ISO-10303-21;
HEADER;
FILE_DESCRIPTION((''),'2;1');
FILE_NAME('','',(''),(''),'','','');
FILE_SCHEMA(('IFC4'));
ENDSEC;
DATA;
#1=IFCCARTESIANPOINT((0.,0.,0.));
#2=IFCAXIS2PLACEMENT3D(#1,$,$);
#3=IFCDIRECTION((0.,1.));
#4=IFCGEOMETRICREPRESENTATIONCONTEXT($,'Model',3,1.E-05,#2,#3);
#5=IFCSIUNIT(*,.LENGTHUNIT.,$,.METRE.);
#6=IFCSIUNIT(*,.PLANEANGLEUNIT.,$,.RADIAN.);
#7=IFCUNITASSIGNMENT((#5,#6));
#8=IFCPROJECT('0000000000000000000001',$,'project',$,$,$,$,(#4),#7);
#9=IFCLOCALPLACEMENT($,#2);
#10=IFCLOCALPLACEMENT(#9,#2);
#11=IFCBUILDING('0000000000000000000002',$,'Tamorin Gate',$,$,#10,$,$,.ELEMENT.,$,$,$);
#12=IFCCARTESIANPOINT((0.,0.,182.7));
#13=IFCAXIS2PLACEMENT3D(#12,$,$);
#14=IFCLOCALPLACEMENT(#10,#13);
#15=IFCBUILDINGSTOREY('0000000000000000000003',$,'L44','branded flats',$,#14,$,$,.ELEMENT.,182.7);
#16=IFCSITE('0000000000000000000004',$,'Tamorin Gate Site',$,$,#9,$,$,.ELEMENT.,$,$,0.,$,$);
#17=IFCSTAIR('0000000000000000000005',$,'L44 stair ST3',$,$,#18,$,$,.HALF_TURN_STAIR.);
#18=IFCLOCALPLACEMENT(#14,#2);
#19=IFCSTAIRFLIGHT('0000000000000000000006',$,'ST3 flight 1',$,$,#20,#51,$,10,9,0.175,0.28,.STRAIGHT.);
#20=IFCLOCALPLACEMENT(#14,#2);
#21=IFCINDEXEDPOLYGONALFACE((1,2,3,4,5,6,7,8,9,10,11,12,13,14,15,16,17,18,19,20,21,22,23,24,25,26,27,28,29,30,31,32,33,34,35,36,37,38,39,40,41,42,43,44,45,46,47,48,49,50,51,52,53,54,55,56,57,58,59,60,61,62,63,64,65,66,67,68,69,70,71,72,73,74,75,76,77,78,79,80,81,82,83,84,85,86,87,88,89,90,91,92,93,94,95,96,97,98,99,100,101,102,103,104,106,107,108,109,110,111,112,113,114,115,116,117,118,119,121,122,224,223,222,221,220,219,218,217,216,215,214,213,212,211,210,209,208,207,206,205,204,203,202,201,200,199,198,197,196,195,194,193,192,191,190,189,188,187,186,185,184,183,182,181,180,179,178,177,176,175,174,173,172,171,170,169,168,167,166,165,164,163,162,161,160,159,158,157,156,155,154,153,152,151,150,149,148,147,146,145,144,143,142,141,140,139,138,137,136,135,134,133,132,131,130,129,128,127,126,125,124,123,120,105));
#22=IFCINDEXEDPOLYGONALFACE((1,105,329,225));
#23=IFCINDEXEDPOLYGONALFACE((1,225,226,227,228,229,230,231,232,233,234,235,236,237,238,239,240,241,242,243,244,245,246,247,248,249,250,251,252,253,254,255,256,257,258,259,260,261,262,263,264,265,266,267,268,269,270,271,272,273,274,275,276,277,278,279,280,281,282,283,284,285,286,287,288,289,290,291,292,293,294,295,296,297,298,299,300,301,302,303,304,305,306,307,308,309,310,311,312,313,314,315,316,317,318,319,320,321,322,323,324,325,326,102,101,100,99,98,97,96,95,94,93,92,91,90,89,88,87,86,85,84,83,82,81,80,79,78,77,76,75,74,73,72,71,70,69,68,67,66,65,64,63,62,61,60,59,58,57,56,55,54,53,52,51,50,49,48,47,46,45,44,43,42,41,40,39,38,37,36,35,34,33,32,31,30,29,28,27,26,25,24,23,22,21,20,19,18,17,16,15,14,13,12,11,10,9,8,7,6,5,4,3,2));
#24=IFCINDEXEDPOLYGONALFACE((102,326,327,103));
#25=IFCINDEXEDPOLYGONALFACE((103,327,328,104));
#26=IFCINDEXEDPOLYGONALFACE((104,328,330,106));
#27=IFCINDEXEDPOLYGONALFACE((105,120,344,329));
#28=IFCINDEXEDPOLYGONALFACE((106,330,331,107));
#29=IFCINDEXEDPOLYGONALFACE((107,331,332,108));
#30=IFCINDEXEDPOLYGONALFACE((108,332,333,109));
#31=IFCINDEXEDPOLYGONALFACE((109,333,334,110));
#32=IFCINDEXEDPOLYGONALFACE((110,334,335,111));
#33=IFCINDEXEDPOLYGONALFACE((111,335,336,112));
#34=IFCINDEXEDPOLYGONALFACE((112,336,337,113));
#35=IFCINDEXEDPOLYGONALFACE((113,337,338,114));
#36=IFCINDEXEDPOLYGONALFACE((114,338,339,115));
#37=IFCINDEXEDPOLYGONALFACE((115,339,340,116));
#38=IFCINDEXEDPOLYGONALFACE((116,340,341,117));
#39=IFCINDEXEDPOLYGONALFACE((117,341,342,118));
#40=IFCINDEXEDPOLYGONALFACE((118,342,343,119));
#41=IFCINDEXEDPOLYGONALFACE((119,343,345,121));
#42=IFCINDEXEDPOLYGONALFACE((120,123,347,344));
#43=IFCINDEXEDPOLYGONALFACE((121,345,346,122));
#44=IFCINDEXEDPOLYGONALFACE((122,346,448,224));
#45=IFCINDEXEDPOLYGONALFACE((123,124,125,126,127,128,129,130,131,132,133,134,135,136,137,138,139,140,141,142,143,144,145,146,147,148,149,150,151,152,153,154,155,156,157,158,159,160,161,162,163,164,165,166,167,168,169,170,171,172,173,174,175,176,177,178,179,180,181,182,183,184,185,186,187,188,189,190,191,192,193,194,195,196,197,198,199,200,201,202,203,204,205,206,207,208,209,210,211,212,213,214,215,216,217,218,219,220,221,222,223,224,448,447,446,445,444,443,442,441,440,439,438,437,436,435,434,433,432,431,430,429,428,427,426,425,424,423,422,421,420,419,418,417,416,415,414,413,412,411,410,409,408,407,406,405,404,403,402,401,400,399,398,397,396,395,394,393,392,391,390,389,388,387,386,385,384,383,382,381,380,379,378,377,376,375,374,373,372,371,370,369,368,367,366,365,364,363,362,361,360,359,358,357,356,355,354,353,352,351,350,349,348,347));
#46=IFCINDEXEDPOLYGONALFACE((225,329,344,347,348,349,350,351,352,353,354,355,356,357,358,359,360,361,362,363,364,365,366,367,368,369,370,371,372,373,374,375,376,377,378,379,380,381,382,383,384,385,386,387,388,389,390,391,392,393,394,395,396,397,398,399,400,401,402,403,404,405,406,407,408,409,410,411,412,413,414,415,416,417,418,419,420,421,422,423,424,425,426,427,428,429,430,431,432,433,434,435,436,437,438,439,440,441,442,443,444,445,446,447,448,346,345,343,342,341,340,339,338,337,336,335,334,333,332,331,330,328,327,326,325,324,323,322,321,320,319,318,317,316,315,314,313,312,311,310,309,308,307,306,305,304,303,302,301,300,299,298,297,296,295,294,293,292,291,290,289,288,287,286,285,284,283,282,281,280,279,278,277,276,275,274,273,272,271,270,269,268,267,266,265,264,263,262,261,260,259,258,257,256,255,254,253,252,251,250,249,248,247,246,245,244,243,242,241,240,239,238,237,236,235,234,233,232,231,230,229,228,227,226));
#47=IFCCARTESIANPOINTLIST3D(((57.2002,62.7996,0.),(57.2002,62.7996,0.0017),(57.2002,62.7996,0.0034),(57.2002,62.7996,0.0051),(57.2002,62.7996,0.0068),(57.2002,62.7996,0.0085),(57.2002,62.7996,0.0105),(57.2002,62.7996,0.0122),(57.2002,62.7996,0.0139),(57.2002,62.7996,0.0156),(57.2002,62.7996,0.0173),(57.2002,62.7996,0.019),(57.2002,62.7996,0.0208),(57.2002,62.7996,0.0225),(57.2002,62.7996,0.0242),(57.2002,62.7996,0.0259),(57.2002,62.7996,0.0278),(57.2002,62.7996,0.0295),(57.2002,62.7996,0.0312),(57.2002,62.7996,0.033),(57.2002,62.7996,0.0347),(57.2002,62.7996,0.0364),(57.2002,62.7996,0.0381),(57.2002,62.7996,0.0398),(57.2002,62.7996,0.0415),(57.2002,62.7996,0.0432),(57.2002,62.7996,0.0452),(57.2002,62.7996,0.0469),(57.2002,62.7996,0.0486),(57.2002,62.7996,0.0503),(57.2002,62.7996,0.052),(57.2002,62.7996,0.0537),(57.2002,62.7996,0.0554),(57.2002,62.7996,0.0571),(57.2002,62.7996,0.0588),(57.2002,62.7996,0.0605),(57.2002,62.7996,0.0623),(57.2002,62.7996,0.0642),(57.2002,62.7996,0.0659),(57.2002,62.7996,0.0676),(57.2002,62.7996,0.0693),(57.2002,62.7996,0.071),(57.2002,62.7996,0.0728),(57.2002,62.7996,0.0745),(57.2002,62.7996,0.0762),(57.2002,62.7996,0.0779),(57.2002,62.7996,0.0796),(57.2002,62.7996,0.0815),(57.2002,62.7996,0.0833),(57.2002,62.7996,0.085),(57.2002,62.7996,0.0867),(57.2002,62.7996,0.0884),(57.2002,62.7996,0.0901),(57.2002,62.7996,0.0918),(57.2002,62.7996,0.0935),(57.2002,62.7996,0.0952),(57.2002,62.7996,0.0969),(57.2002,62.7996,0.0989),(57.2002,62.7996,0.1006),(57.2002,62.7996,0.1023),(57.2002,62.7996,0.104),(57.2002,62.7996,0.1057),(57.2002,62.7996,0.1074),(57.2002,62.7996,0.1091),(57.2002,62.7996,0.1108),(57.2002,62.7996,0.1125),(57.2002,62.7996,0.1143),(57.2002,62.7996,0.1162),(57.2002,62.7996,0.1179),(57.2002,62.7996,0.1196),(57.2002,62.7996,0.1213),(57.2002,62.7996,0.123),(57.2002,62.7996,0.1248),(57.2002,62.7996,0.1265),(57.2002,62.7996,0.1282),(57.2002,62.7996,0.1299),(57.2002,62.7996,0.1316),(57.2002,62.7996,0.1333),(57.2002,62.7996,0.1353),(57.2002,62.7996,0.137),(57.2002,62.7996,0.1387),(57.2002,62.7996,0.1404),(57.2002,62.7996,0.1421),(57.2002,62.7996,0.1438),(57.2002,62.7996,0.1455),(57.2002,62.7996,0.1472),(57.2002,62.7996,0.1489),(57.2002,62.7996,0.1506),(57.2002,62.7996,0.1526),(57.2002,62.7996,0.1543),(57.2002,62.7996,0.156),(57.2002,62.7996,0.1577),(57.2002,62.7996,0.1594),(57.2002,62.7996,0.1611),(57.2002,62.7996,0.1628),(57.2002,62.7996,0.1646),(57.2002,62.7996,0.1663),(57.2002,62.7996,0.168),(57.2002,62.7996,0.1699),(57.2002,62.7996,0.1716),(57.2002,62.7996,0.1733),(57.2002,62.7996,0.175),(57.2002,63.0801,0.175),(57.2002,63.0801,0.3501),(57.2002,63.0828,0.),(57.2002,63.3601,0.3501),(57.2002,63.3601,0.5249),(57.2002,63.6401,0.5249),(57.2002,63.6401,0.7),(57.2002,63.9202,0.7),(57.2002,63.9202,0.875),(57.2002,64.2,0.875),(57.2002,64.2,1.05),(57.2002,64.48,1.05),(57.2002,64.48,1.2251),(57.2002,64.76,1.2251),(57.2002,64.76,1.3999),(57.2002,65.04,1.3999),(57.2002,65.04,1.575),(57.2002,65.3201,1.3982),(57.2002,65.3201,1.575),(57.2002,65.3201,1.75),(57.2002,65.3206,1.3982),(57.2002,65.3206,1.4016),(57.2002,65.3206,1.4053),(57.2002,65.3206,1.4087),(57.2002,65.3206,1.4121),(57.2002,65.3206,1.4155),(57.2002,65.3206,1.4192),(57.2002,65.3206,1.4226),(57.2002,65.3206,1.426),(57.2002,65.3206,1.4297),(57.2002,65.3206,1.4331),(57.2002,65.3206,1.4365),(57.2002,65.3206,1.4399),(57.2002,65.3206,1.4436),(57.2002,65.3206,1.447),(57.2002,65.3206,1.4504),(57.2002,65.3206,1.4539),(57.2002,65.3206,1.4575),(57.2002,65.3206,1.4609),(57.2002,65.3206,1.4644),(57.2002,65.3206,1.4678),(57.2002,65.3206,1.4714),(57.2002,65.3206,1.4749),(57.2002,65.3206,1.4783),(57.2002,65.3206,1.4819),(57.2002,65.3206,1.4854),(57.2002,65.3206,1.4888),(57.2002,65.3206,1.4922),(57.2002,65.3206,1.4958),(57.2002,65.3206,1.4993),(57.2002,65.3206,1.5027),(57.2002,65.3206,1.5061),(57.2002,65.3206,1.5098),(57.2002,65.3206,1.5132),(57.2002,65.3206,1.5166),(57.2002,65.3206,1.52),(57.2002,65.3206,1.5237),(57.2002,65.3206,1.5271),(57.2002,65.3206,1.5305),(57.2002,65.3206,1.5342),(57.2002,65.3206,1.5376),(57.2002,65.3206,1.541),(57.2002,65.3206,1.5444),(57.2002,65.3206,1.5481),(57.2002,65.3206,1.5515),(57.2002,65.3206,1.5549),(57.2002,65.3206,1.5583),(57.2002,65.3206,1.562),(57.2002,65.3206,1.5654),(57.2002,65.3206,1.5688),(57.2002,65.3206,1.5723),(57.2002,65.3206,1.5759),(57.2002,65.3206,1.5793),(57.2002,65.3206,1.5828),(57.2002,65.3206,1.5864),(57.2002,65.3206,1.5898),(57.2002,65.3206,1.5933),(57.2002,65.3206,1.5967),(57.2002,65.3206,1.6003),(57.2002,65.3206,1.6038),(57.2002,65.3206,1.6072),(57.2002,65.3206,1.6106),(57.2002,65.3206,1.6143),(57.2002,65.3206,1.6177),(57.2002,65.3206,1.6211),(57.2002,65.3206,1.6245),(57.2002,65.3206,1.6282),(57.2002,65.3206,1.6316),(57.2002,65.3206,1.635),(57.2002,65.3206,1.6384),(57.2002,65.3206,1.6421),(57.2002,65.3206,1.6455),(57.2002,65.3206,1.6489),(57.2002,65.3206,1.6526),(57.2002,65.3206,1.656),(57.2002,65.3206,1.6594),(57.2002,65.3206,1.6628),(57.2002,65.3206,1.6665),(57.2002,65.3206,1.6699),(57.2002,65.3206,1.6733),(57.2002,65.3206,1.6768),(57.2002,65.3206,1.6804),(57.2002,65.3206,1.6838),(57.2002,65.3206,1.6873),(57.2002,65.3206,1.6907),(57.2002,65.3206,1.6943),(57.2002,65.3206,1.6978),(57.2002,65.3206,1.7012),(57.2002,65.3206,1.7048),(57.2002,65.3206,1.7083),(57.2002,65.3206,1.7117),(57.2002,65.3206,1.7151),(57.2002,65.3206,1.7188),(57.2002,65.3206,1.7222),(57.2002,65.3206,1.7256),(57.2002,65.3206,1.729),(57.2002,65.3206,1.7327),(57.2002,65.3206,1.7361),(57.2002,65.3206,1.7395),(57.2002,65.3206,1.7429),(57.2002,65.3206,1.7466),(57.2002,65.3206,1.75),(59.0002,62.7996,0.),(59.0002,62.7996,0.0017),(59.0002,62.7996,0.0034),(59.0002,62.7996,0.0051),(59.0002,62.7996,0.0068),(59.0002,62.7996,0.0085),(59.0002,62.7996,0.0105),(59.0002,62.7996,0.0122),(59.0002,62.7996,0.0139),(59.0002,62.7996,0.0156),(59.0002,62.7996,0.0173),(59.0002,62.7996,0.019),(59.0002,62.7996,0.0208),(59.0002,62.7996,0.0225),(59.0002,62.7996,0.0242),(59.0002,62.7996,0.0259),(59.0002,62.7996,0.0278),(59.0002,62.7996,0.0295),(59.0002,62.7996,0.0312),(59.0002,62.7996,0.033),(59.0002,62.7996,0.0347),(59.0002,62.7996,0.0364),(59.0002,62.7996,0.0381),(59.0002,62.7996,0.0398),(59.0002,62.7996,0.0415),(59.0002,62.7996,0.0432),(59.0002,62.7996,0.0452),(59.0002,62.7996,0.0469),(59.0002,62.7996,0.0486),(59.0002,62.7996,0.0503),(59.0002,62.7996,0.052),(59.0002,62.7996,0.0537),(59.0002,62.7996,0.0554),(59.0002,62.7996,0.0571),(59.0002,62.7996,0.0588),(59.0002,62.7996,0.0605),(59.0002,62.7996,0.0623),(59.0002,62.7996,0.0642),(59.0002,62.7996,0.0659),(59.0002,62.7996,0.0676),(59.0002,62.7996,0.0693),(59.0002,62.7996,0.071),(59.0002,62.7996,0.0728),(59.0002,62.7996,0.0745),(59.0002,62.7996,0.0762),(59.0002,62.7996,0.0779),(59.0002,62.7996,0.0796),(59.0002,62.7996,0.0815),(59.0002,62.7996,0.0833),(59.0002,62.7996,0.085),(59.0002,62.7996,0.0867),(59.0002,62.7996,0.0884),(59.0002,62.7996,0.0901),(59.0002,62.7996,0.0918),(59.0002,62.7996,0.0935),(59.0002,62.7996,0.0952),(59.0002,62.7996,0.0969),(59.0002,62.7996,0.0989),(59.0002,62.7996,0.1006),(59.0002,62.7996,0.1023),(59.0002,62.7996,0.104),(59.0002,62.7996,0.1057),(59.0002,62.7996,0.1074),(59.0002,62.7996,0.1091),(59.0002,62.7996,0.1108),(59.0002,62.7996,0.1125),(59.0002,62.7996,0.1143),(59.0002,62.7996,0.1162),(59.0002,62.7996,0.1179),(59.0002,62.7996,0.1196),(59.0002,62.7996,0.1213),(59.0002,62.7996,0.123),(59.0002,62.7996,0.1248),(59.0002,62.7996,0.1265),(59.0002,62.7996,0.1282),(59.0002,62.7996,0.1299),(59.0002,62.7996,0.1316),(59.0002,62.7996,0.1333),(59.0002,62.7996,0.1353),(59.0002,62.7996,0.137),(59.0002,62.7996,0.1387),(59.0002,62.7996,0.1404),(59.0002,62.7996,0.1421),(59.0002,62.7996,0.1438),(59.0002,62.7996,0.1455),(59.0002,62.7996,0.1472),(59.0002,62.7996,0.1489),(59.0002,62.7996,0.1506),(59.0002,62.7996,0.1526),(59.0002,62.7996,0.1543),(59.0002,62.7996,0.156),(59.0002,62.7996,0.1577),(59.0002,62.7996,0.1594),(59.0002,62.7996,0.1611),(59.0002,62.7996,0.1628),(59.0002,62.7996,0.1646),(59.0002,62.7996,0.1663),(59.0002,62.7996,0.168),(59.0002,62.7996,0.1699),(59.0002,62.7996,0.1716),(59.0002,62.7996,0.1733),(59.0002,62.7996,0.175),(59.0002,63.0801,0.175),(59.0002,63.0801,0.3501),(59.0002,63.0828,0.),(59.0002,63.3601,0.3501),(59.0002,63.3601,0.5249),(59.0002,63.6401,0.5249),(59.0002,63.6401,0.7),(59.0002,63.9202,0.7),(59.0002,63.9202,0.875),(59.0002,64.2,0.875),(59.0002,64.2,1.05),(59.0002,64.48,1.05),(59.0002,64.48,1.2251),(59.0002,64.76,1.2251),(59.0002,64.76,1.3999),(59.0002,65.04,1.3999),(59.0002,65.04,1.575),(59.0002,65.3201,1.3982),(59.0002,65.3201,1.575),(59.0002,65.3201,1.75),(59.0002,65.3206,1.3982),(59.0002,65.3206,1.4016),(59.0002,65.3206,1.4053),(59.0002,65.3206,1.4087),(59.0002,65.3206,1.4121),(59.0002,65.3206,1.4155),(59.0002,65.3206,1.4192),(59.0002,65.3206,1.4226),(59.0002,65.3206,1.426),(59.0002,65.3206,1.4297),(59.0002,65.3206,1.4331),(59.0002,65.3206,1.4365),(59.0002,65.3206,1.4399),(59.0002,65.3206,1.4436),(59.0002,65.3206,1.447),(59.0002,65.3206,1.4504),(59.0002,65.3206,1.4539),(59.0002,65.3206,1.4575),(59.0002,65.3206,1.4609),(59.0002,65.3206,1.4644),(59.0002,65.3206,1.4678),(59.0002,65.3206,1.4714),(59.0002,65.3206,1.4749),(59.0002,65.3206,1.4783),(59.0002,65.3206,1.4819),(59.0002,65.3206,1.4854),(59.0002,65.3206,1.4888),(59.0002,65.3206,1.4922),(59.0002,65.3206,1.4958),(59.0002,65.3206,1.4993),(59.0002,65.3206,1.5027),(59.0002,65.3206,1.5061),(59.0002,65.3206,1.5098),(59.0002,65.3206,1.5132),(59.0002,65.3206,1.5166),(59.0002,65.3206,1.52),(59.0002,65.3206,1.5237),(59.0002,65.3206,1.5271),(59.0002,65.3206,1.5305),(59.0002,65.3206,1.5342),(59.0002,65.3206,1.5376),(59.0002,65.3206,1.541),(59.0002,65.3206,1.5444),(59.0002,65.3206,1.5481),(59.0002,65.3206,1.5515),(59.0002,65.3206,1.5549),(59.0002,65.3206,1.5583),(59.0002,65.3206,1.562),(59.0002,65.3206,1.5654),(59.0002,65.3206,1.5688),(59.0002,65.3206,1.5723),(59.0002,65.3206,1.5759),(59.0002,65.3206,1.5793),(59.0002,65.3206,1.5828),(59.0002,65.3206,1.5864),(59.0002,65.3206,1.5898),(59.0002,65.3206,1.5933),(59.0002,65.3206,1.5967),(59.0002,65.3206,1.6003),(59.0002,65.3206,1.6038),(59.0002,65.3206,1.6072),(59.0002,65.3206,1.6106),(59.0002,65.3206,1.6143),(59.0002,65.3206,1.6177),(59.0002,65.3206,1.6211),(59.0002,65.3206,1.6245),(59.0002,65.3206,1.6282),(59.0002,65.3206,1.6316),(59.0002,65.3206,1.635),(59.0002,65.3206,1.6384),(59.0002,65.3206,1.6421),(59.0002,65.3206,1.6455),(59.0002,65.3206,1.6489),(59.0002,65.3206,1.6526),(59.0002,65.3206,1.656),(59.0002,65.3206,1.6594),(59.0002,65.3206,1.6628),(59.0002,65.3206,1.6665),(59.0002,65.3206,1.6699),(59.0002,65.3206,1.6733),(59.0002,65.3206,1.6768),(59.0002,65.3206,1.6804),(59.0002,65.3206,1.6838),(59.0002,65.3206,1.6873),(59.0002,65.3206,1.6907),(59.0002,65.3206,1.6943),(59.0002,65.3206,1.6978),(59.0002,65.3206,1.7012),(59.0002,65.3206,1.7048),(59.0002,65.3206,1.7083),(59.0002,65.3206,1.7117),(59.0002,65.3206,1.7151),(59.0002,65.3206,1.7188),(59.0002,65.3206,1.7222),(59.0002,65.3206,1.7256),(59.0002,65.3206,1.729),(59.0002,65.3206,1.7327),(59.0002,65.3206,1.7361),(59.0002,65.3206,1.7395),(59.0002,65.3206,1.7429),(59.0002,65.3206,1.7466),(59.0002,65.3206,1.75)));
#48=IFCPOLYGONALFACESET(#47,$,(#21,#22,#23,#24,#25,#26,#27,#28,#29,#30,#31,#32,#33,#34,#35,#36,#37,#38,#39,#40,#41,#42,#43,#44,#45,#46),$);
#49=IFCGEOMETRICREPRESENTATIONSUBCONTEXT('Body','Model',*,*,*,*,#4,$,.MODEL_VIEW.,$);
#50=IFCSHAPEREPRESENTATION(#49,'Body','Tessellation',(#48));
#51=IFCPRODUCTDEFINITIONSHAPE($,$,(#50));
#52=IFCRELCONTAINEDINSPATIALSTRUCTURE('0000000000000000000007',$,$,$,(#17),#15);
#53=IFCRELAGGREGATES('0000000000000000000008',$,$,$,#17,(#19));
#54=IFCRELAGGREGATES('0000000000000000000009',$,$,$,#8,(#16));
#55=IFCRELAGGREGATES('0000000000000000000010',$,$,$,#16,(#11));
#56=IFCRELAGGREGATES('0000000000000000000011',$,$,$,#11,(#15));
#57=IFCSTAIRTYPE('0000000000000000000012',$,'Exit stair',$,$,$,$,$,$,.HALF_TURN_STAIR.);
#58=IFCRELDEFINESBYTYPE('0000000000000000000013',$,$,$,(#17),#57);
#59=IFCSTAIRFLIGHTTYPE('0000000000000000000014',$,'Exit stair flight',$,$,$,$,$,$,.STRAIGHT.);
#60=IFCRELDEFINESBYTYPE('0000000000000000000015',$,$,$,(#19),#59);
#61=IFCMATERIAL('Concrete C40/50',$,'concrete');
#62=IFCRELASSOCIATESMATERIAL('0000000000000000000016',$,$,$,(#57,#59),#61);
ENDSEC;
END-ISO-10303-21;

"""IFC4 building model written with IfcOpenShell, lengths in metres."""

from ifc_helpers import new_model, si_unit, direction, frame, origin, place, context, subcontext, project, spatial, polyline, outline, extrude, material, type_object, element, aggregate, save


model = new_model("IFC4")

# Units and contexts
model_context = context("Model", 3, precision=1e-05, world=origin(), true_north=direction((0.0, 1.0)))
body_context = subcontext(model_context, "Body", "Model", "MODEL_VIEW")
ifc_project = project(units=[si_unit("LENGTHUNIT", "METRE"), si_unit("PLANEANGLEUNIT", "RADIAN")], contexts=[model_context])

# Site, building, storey
site_placement = place(None, origin())
site = spatial("IfcSite", under=ifc_project, at=site_placement, Name="Tamorin Gate Site", CompositionType="ELEMENT", RefElevation=0.0)
building_placement = place(site_placement, origin())
building = spatial("IfcBuilding", under=site, at=building_placement, Name="Tamorin Gate", CompositionType="ELEMENT")
storey_placement = place(building_placement, frame((0.0, 0.0, 182.7)))
storey = spatial("IfcBuildingStorey", under=building, at=storey_placement, Name="L44", Description="branded flats", CompositionType="ELEMENT", Elevation=182.7)

# Stair, stair flight
ifc_material_1 = material(Name="Concrete C40/50", Category="concrete")
stair_type = type_object("IfcStairType", Name="Exit stair", PredefinedType="HALF_TURN_STAIR", material=ifc_material_1)
stair_placement = place(storey_placement, origin())
stair = element("IfcStair", 1, at=stair_placement, inside=storey, type_object=stair_type, Name="L44 stair ST3", PredefinedType="HALF_TURN_STAIR")
stair_flight_type = type_object("IfcStairFlightType", Name="Exit stair flight", PredefinedType="STRAIGHT", material=ifc_material_1)
stair_flight_1_placement = place(storey_placement, frame((58.1001, 62.8, 0.0), z_axis=(0.0, 0.0, 1.0), x_axis=(0.0, 1.0, 0.0)))
stair_flight_1 = element("IfcStairFlight", 2, at=stair_flight_1_placement, type_object=stair_flight_type, Name="ST3 flight 1", NumberOfRisers=10, NumberOfTreads=9, PredefinedType="STRAIGHT", RiserHeight=0.175, TreadLength=0.28, context=body_context, shape_type="SweptSolid", body=[
    extrude(outline(polyline([(-0.0005, 0.0), (-0.0005, 0.0017), (-0.0005, 0.0034), (-0.0005, 0.0051), (-0.0005, 0.0068), (-0.0005, 0.0085), (-0.0005, 0.0105), (-0.0005, 0.0122), (-0.0005, 0.0139), (-0.0005, 0.0156), (-0.0005, 0.0173), (-0.0005, 0.019), (-0.0005, 0.0208), (-0.0005, 0.0225), (-0.0005, 0.0242), (-0.0005, 0.0259), (-0.0005, 0.0278), (-0.0005, 0.0295), (-0.0005, 0.0312), (-0.0005, 0.033), (-0.0005, 0.0347), (-0.0005, 0.0364), (-0.0005, 0.0381), (-0.0005, 0.0398), (-0.0005, 0.0415), (-0.0005, 0.0432), (-0.0005, 0.0452), (-0.0005, 0.0469), (-0.0005, 0.0486), (-0.0005, 0.0503), (-0.0005, 0.052), (-0.0005, 0.0537), (-0.0005, 0.0554), (-0.0005, 0.0571), (-0.0005, 0.0588), (-0.0005, 0.0605), (-0.0005, 0.0623), (-0.0005, 0.0642), (-0.0005, 0.0659), (-0.0005, 0.0676), (-0.0005, 0.0693), (-0.0005, 0.071), (-0.0005, 0.0728), (-0.0005, 0.0745), (-0.0005, 0.0762), (-0.0005, 0.0779), (-0.0005, 0.0796), (-0.0005, 0.0815), (-0.0005, 0.0833), (-0.0005, 0.085), (-0.0005, 0.0867), (-0.0005, 0.0884), (-0.0005, 0.0901), (-0.0005, 0.0918), (-0.0005, 0.0935), (-0.0005, 0.0952), (-0.0005, 0.0969), (-0.0005, 0.0989), (-0.0005, 0.1006), (-0.0005, 0.1023), (-0.0005, 0.104), (-0.0005, 0.1057), (-0.0005, 0.1074), (-0.0005, 0.1091), (-0.0005, 0.1108), (-0.0005, 0.1125), (-0.0005, 0.1143), (-0.0005, 0.1162), (-0.0005, 0.1179), (-0.0005, 0.1196), (-0.0005, 0.1213), (-0.0005, 0.123), (-0.0005, 0.1248), (-0.0005, 0.1265), (-0.0005, 0.1282), (-0.0005, 0.1299), (-0.0005, 0.1316), (-0.0005, 0.1333), (-0.0005, 0.1353), (-0.0005, 0.137), (-0.0005, 0.1387), (-0.0005, 0.1404), (-0.0005, 0.1421), (-0.0005, 0.1438), (-0.0005, 0.1455), (-0.0005, 0.1472), (-0.0005, 0.1489), (-0.0005, 0.1506), (-0.0005, 0.1526), (-0.0005, 0.1543), (-0.0005, 0.156), (-0.0005, 0.1577), (-0.0005, 0.1594), (-0.0005, 0.1611), (-0.0005, 0.1628), (-0.0005, 0.1646), (-0.0005, 0.1663), (-0.0005, 0.168), (-0.0005, 0.1699), (-0.0005, 0.1716), (-0.0005, 0.1733), (-0.0005, 0.175), (0.28, 0.175), (0.28, 0.3501), (0.5601, 0.3501), (0.5601, 0.5249), (0.8401, 0.5249), (0.8401, 0.7), (1.1201, 0.7), (1.1201, 0.875), (1.3999, 0.875), (1.3999, 1.05), (1.6799, 1.05), (1.6799, 1.2251), (1.96, 1.2251), (1.96, 1.3999), (2.24, 1.3999), (2.24, 1.575), (2.52, 1.575), (2.52, 1.75), (2.5205, 1.75), (2.5205, 1.7466), (2.5205, 1.7429), (2.5205, 1.7395), (2.5205, 1.7361), (2.5205, 1.7327), (2.5205, 1.729), (2.5205, 1.7256), (2.5205, 1.7222), (2.5205, 1.7188), (2.5205, 1.7151), (2.5205, 1.7117), (2.5205, 1.7083), (2.5205, 1.7048), (2.5205, 1.7012), (2.5205, 1.6978), (2.5205, 1.6943), (2.5205, 1.6907), (2.5205, 1.6873), (2.5205, 1.6838), (2.5205, 1.6804), (2.5205, 1.6768), (2.5205, 1.6733), (2.5205, 1.6699), (2.5205, 1.6665), (2.5205, 1.6628), (2.5205, 1.6594), (2.5205, 1.656), (2.5205, 1.6526), (2.5205, 1.6489), (2.5205, 1.6455), (2.5205, 1.6421), (2.5205, 1.6384), (2.5205, 1.635), (2.5205, 1.6316), (2.5205, 1.6282), (2.5205, 1.6245), (2.5205, 1.6211), (2.5205, 1.6177), (2.5205, 1.6143), (2.5205, 1.6106), (2.5205, 1.6072), (2.5205, 1.6038), (2.5205, 1.6003), (2.5205, 1.5967), (2.5205, 1.5933), (2.5205, 1.5898), (2.5205, 1.5864), (2.5205, 1.5828), (2.5205, 1.5793), (2.5205, 1.5759), (2.5205, 1.5723), (2.5205, 1.5688), (2.5205, 1.5654), (2.5205, 1.562), (2.5205, 1.5583), (2.5205, 1.5549), (2.5205, 1.5515), (2.5205, 1.5481), (2.5205, 1.5444), (2.5205, 1.541), (2.5205, 1.5376), (2.5205, 1.5342), (2.5205, 1.5305), (2.5205, 1.5271), (2.5205, 1.5237), (2.5205, 1.52), (2.5205, 1.5166), (2.5205, 1.5132), (2.5205, 1.5098), (2.5205, 1.5061), (2.5205, 1.5027), (2.5205, 1.4993), (2.5205, 1.4958), (2.5205, 1.4922), (2.5205, 1.4888), (2.5205, 1.4854), (2.5205, 1.4819), (2.5205, 1.4783), (2.5205, 1.4749), (2.5205, 1.4714), (2.5205, 1.4678), (2.5205, 1.4644), (2.5205, 1.4609), (2.5205, 1.4575), (2.5205, 1.4539), (2.5205, 1.4504), (2.5205, 1.447), (2.5205, 1.4436), (2.5205, 1.4399), (2.5205, 1.4365), (2.5205, 1.4331), (2.5205, 1.4297), (2.5205, 1.426), (2.5205, 1.4226), (2.5205, 1.4192), (2.5205, 1.4155), (2.5205, 1.4121), (2.5205, 1.4087), (2.5205, 1.4053), (2.5205, 1.4016), (2.5205, 1.3982), (2.52, 1.3982), (0.2827, 0.0), (-0.0005, 0.0)])), frame((0.0, 0.8999, 0.0), z_axis=(0.0, -1.0, 0.0), x_axis=(1.0, 0.0, 0.0)), (0.0, 0.0, 1.0), 1.8),
])
aggregate(stair, [stair_flight_1])

save(model, "model.ifc")
